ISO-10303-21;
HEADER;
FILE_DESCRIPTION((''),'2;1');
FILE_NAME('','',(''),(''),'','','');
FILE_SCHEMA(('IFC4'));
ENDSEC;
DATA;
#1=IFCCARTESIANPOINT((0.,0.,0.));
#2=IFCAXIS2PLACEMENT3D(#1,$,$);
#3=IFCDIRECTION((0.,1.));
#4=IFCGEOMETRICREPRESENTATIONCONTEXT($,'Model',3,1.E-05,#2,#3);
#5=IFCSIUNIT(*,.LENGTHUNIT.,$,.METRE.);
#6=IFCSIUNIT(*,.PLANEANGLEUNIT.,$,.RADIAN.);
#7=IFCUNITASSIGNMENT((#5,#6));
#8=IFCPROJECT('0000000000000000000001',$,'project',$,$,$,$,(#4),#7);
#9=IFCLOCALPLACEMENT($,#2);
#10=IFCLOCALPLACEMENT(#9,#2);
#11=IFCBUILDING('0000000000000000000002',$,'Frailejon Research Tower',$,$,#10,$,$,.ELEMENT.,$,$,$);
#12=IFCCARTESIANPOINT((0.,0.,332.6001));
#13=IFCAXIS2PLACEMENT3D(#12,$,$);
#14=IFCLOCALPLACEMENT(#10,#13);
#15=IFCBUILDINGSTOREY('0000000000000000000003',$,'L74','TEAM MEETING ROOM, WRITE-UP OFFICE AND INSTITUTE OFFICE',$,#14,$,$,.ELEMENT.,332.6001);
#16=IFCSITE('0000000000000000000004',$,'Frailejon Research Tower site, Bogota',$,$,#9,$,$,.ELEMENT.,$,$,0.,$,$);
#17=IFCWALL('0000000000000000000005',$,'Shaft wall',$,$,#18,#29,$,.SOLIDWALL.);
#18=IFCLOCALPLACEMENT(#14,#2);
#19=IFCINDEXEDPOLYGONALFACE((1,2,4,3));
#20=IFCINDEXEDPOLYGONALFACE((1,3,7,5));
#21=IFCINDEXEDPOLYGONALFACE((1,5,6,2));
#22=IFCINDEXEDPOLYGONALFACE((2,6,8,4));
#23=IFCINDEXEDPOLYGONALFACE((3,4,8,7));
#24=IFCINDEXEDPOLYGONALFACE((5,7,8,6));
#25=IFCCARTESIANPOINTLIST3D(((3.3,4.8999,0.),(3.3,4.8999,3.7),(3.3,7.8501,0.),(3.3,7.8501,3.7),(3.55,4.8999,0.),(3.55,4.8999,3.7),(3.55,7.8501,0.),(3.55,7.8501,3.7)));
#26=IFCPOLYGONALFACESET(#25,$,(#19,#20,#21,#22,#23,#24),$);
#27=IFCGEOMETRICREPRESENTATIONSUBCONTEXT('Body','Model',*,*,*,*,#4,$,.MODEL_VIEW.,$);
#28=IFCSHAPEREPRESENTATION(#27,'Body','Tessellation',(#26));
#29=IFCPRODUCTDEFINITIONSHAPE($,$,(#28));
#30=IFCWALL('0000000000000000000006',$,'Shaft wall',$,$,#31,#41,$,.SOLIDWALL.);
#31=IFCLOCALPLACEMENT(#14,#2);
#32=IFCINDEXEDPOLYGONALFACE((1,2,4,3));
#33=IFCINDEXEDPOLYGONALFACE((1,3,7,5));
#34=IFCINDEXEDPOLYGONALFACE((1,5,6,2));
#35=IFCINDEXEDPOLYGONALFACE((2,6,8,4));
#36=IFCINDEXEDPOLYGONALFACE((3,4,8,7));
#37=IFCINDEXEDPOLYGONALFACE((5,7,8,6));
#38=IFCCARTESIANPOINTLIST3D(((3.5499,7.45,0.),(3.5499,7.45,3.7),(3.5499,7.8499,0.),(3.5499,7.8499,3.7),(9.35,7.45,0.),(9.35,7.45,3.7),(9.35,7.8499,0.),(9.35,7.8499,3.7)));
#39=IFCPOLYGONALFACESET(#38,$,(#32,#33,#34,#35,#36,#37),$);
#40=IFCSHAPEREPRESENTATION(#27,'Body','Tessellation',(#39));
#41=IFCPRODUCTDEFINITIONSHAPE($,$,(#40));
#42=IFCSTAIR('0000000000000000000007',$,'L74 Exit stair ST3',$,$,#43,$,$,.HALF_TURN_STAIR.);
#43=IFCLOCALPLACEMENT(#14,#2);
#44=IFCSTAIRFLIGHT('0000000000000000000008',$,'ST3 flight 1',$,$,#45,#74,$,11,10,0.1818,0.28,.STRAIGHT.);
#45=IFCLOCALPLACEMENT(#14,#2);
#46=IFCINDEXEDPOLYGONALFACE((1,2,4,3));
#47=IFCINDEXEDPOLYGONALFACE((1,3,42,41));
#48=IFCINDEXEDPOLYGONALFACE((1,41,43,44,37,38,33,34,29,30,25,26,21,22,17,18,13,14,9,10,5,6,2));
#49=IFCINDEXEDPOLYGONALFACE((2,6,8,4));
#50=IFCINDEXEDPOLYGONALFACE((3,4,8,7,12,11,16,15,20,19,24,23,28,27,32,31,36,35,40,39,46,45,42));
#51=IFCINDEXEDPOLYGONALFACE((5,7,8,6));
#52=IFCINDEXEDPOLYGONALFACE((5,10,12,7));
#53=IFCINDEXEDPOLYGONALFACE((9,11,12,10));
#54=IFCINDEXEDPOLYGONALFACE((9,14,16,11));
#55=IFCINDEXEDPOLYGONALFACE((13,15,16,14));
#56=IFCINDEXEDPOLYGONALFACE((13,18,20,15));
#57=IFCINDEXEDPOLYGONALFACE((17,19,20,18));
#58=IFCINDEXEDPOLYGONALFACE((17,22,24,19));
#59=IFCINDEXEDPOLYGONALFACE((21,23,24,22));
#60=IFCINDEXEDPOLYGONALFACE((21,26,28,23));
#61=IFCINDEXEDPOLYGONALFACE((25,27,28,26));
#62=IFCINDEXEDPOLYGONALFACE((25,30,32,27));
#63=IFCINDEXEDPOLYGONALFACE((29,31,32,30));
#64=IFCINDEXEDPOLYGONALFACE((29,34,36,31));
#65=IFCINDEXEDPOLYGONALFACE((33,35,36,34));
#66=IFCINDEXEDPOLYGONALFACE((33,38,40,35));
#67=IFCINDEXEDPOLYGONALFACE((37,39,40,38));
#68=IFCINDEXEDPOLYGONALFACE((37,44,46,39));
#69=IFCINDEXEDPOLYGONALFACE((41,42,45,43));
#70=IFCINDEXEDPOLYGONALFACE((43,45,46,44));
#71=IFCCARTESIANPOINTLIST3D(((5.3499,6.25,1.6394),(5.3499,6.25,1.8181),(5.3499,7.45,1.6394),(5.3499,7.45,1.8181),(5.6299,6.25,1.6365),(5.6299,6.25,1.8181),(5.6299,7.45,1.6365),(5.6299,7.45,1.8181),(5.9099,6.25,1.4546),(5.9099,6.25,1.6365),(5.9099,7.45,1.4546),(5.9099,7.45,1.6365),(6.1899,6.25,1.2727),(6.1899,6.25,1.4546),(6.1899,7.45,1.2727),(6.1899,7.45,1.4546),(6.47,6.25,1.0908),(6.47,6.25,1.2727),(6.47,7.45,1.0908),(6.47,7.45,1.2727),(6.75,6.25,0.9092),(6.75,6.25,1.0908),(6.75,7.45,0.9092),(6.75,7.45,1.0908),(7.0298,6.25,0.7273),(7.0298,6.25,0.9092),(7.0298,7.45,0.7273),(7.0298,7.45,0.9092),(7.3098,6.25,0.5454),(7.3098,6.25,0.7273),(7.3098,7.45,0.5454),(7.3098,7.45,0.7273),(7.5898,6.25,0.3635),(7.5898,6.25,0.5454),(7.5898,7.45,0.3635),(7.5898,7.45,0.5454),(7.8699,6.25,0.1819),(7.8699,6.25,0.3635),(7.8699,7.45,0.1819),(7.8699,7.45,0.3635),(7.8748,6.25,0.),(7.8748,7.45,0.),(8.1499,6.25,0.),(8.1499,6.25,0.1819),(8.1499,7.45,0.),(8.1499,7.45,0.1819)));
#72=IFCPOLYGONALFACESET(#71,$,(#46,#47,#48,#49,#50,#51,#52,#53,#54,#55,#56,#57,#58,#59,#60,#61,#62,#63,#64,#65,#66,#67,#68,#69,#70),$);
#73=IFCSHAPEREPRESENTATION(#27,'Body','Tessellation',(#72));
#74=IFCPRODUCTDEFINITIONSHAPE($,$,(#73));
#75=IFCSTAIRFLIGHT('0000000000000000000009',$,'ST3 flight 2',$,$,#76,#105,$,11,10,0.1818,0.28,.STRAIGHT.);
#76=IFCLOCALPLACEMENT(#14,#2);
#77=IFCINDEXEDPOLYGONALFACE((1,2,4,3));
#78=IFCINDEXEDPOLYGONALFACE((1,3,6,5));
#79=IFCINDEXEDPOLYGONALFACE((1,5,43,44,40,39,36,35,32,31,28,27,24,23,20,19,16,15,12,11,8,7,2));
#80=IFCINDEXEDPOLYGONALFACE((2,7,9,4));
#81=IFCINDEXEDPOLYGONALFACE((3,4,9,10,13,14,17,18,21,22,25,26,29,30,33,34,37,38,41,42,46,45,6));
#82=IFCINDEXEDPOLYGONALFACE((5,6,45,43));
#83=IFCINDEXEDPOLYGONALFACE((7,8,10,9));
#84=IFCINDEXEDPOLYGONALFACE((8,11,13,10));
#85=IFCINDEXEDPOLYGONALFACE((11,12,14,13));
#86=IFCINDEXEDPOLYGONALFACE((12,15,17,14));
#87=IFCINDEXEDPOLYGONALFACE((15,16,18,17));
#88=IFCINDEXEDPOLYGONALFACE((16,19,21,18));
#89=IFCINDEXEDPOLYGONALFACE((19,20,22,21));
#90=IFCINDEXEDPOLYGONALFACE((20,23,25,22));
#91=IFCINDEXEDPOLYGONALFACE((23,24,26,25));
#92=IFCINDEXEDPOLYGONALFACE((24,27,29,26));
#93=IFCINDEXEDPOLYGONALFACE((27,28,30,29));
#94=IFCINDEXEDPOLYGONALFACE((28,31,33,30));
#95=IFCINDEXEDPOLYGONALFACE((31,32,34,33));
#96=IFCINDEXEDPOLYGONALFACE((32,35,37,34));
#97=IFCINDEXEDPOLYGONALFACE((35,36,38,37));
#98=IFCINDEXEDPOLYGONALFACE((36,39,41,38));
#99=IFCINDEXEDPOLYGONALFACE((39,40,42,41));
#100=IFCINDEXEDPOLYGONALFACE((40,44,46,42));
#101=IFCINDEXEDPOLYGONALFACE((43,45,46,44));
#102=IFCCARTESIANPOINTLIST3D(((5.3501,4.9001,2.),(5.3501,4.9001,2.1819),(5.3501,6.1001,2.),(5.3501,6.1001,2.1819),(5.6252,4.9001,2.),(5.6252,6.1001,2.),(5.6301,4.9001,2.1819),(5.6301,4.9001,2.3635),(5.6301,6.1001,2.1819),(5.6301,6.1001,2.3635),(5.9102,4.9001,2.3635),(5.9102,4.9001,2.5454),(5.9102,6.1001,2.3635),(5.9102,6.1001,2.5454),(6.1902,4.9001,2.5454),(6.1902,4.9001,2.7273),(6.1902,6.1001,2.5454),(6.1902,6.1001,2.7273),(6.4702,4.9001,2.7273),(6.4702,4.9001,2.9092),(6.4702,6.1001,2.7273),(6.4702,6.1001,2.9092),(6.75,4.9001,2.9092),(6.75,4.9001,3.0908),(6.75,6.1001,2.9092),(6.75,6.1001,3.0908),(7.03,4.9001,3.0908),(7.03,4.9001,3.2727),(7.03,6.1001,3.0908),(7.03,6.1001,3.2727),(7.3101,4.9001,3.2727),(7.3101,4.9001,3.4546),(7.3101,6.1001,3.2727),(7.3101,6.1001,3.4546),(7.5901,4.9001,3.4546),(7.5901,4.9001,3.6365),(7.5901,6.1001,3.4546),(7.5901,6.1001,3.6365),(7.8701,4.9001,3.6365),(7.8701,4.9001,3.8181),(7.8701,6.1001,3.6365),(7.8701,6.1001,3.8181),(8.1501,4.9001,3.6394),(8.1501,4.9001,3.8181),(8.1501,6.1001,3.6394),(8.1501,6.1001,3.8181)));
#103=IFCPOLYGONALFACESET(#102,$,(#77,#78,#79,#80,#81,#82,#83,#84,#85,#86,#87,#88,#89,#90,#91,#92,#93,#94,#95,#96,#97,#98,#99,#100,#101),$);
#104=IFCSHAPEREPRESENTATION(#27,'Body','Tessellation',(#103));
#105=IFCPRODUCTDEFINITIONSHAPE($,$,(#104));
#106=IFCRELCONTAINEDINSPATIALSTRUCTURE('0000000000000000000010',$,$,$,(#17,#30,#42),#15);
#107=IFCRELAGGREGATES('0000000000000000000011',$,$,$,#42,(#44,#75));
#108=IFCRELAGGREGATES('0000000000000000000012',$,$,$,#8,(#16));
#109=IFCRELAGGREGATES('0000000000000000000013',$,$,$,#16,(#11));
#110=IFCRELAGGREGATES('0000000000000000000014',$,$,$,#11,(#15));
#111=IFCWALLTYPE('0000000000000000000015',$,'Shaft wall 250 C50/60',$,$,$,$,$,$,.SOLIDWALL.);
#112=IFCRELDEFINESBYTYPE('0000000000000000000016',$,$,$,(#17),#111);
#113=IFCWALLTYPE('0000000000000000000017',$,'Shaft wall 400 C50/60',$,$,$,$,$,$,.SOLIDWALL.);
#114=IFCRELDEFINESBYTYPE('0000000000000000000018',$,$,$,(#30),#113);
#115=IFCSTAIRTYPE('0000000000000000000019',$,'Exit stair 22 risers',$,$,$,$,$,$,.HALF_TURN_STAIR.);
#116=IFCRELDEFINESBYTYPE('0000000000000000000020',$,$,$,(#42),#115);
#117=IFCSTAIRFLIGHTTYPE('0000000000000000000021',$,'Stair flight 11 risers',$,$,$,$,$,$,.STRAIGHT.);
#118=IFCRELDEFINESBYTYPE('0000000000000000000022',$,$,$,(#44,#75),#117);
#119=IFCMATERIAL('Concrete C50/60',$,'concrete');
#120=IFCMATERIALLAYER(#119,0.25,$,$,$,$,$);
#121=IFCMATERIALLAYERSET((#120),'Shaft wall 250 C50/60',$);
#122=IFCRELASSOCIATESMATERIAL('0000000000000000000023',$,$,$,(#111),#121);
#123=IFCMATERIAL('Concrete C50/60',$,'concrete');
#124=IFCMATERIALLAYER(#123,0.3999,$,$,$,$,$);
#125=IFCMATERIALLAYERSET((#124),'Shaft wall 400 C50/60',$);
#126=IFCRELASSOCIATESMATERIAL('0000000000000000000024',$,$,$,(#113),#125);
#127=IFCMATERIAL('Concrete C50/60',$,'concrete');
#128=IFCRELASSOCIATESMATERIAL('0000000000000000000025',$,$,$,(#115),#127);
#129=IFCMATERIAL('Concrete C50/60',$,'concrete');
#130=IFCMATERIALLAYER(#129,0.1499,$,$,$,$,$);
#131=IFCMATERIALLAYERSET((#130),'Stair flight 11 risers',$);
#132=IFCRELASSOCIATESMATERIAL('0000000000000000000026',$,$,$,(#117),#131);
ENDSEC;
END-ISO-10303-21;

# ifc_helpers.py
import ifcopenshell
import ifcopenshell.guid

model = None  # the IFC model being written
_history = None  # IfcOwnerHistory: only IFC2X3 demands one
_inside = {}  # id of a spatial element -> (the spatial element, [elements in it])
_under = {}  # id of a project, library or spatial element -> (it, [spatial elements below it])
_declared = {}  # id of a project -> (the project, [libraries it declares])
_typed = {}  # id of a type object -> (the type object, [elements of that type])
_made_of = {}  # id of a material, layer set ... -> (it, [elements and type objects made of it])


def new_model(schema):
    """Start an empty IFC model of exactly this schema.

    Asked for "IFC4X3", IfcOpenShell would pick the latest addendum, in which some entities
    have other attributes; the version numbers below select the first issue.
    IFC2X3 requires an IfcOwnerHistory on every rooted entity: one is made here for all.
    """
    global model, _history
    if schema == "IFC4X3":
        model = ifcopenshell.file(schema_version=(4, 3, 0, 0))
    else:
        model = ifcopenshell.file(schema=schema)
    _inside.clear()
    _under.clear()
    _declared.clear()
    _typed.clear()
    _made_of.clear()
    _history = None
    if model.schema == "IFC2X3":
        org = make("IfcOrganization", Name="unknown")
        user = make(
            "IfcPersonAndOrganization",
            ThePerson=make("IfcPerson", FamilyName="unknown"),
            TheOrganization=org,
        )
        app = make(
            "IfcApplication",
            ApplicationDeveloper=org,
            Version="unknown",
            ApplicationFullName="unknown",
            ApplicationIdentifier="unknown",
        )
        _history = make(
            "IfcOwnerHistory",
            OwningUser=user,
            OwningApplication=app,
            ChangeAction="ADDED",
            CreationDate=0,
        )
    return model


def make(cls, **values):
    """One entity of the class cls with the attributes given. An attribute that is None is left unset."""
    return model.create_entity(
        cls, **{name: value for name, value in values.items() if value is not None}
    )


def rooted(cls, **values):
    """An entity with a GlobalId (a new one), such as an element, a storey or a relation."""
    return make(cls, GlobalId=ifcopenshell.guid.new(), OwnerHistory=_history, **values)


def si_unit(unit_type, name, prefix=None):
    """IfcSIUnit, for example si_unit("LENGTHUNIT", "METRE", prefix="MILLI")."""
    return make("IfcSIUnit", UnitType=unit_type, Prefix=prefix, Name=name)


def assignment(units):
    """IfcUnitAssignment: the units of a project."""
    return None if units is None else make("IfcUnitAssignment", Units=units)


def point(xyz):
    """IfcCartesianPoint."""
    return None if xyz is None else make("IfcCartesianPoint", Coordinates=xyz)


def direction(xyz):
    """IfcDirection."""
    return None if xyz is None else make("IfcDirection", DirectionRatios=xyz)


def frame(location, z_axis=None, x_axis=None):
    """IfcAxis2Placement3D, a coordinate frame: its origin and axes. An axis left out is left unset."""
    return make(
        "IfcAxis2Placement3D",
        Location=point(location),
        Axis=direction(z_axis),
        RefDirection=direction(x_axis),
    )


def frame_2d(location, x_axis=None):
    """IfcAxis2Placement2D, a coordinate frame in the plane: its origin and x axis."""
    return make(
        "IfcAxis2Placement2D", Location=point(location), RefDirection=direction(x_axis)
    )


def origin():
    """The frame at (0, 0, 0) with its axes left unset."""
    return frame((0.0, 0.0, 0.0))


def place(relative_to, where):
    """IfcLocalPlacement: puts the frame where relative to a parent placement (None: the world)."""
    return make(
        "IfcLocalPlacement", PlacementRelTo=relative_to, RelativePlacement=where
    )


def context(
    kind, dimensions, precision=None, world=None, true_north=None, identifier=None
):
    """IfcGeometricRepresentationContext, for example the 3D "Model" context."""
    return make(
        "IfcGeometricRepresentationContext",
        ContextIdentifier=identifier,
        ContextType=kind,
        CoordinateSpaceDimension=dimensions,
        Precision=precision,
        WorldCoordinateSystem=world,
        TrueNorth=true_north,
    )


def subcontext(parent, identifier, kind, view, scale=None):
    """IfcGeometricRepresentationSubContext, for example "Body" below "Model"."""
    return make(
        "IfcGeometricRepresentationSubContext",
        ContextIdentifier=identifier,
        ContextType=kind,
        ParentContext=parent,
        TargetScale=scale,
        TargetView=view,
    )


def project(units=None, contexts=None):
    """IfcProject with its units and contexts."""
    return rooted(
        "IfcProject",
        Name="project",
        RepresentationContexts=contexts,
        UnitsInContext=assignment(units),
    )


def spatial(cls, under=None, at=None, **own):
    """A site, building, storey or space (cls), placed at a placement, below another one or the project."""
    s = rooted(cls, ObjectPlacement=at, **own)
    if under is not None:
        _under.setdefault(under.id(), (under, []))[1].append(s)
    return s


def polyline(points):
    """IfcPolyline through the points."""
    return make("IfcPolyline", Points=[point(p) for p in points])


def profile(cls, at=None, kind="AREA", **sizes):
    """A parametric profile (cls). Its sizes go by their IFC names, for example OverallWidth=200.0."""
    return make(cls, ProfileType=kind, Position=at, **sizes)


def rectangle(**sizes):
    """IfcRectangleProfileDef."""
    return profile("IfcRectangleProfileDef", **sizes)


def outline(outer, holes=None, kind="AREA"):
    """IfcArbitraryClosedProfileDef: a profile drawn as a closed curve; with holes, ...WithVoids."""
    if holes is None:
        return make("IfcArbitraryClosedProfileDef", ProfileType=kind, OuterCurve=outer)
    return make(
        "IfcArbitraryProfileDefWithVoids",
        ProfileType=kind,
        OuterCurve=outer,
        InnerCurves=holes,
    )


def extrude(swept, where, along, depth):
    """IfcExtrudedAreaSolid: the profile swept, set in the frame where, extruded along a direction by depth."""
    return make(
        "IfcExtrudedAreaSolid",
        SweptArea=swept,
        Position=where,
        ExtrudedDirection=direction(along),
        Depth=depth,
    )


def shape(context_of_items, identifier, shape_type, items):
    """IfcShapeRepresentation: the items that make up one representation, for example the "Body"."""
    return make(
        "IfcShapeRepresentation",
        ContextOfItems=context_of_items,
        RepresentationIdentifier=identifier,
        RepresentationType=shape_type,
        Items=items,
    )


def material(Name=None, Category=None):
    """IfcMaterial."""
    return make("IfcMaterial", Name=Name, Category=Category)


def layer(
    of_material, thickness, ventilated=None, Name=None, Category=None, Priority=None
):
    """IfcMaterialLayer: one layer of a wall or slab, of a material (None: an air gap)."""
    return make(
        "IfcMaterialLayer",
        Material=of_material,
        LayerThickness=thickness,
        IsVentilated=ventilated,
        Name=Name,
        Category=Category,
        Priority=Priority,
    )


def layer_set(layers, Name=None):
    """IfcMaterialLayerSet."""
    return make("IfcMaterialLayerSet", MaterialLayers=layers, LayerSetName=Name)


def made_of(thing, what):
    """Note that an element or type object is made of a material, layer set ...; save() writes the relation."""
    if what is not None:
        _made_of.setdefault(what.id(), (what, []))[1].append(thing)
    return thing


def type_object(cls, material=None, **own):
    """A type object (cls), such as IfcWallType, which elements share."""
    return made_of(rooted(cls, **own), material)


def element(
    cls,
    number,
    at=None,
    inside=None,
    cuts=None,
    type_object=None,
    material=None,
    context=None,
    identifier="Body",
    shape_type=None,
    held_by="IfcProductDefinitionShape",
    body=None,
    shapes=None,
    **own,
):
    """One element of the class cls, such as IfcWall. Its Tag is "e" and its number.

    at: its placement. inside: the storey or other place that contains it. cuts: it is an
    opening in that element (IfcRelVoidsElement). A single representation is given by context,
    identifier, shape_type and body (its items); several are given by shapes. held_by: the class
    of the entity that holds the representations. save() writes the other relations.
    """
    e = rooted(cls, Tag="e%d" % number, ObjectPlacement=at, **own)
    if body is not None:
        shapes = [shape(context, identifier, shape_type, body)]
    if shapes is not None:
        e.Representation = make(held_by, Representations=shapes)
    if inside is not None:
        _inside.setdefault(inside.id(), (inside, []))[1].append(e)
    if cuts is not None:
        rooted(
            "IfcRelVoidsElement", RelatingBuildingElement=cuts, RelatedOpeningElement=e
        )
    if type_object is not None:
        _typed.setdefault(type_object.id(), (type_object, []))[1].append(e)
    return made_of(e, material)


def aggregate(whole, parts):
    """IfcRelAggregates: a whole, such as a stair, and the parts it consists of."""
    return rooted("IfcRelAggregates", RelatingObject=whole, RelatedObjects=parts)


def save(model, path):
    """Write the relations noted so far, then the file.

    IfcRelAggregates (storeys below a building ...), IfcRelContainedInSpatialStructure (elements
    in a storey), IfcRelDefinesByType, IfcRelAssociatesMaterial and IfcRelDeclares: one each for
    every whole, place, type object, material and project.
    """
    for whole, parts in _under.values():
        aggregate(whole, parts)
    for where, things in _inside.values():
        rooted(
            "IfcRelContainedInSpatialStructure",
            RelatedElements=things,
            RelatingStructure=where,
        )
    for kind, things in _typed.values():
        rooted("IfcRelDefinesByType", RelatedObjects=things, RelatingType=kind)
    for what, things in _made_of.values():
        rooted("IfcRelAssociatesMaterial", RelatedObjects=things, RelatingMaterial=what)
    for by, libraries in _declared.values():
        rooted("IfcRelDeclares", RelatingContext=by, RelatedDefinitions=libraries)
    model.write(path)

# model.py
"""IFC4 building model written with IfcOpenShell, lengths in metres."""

from ifc_helpers import new_model, si_unit, direction, frame, frame_2d, origin, place, context, subcontext, project, spatial, polyline, rectangle, outline, extrude, material, layer, layer_set, type_object, element, aggregate, save


model = new_model("IFC4")

# Units and contexts
model_context = context("Model", 3, precision=1e-05, world=origin(), true_north=direction((0.0, 1.0)))
body_context = subcontext(model_context, "Body", "Model", "MODEL_VIEW")
ifc_project = project(units=[si_unit("LENGTHUNIT", "METRE"), si_unit("PLANEANGLEUNIT", "RADIAN")], contexts=[model_context])

# Site, building, storey
site_placement = place(None, origin())
site = spatial("IfcSite", under=ifc_project, at=site_placement, Name="Frailejon Research Tower site, Bogota", CompositionType="ELEMENT", RefElevation=0.0)
building_placement = place(site_placement, origin())
building = spatial("IfcBuilding", under=site, at=building_placement, Name="Frailejon Research Tower", CompositionType="ELEMENT")
storey_placement = place(building_placement, frame((0.0, 0.0, 332.6001)))
storey = spatial("IfcBuildingStorey", under=building, at=storey_placement, Name="L74", Description="TEAM MEETING ROOM, WRITE-UP OFFICE AND INSTITUTE OFFICE", CompositionType="ELEMENT", Elevation=332.6001)

# Shared definitions
ifc_material_1 = material(Name="Concrete C50/60", Category="concrete")
ifc_layer_1 = layer(ifc_material_1, 0.25)
ifc_layer_set_1 = layer_set([ifc_layer_1], Name="Shaft wall 250 C50/60")
wall_type_1 = type_object("IfcWallType", Name="Shaft wall 250 C50/60", PredefinedType="SOLIDWALL", material=ifc_layer_set_1)

# Walls
wall_1_placement = place(storey_placement, frame((3.425, 4.8999, 0.0), z_axis=(0.0, 0.0, 1.0), x_axis=(0.0, 1.0, 0.0)))
element("IfcWall", 1, at=wall_1_placement, inside=storey, type_object=wall_type_1, Name="Shaft wall", PredefinedType="SOLIDWALL", context=body_context, shape_type="SweptSolid", body=[
    extrude(rectangle(XDim=2.9502, YDim=0.25, at=frame_2d((1.4751, 0.0))), origin(), (0.0, 0.0, 1.0), 3.7),
])
ifc_material_2 = material(Name="Concrete C50/60", Category="concrete")
ifc_layer_2 = layer(ifc_material_2, 0.3999)
ifc_layer_set_2 = layer_set([ifc_layer_2], Name="Shaft wall 400 C50/60")
wall_type_2 = type_object("IfcWallType", Name="Shaft wall 400 C50/60", PredefinedType="SOLIDWALL", material=ifc_layer_set_2)
wall_2_placement = place(storey_placement, frame((3.55, 7.6499, 0.0), z_axis=(0.0, 0.0, 1.0), x_axis=(1.0, 0.0, 0.0)))
element("IfcWall", 2, at=wall_2_placement, inside=storey, type_object=wall_type_2, Name="Shaft wall", PredefinedType="SOLIDWALL", context=body_context, shape_type="SweptSolid", body=[
    extrude(rectangle(XDim=5.8, YDim=0.3999, at=frame_2d((2.8999, 0.0))), origin(), (0.0, 0.0, 1.0), 3.7),
])

# Stair, stair flights
ifc_material_3 = material(Name="Concrete C50/60", Category="concrete")
stair_type = type_object("IfcStairType", Name="Exit stair 22 risers", PredefinedType="HALF_TURN_STAIR", material=ifc_material_3)
stair_placement = place(storey_placement, origin())
stair = element("IfcStair", 3, at=stair_placement, inside=storey, type_object=stair_type, Name="L74 Exit stair ST3", PredefinedType="HALF_TURN_STAIR")
ifc_material_4 = material(Name="Concrete C50/60", Category="concrete")
ifc_layer_3 = layer(ifc_material_4, 0.1499)
ifc_layer_set_3 = layer_set([ifc_layer_3], Name="Stair flight 11 risers")
stair_flight_type = type_object("IfcStairFlightType", Name="Stair flight 11 risers", PredefinedType="STRAIGHT", material=ifc_layer_set_3)
stair_flight_1_placement = place(storey_placement, frame((8.1499, 6.8501, 0.0), z_axis=(0.0, 0.0, 1.0), x_axis=(-1.0, 0.0, 0.0)))
stair_flight_1 = element("IfcStairFlight", 4, at=stair_flight_1_placement, type_object=stair_flight_type, Name="ST3 flight 1", NumberOfRisers=11, NumberOfTreads=10, PredefinedType="STRAIGHT", RiserHeight=0.1818, TreadLength=0.28, context=body_context, shape_type="SweptSolid", body=[
    extrude(outline(polyline([(0.0, 0.0), (0.0, 0.1819), (0.28, 0.1819), (0.28, 0.3635), (0.5601, 0.3635), (0.5601, 0.5454), (0.8401, 0.5454), (0.8401, 0.7273), (1.1201, 0.7273), (1.1201, 0.9092), (1.3999, 0.9092), (1.3999, 1.0908), (1.6799, 1.0908), (1.6799, 1.2727), (1.96, 1.2727), (1.96, 1.4546), (2.24, 1.4546), (2.24, 1.6365), (2.52, 1.6365), (2.52, 1.8181), (2.8, 1.8181), (2.8, 2.0), (2.8, 1.6394), (0.2751, 0.0), (0.0, 0.0)])), frame((0.0, 0.6001, 0.0), z_axis=(0.0, -1.0, 0.0), x_axis=(1.0, 0.0, 0.0)), (0.0, 0.0, 1.0), 1.2),
])
stair_flight_2_placement = place(storey_placement, frame((5.3501, 5.5, 2.0), z_axis=(0.0, 0.0, 1.0), x_axis=(1.0, 0.0, 0.0)))
stair_flight_2 = element("IfcStairFlight", 5, at=stair_flight_2_placement, type_object=stair_flight_type, Name="ST3 flight 2", NumberOfRisers=11, NumberOfTreads=10, PredefinedType="STRAIGHT", RiserHeight=0.1818, TreadLength=0.28, context=body_context, shape_type="SweptSolid", body=[
    extrude(outline(polyline([(0.0, 0.0), (0.0, 0.1819), (0.28, 0.1819), (0.28, 0.3635), (0.5601, 0.3635), (0.5601, 0.5454), (0.8401, 0.5454), (0.8401, 0.7273), (1.1201, 0.7273), (1.1201, 0.9092), (1.3999, 0.9092), (1.3999, 1.0908), (1.6799, 1.0908), (1.6799, 1.2727), (1.96, 1.2727), (1.96, 1.4546), (2.24, 1.4546), (2.24, 1.6365), (2.52, 1.6365), (2.52, 1.8181), (2.8, 1.8181), (2.8, 2.0), (2.8, 1.6394), (0.2751, 0.0), (0.0, 0.0)])), frame((0.0, 0.6001, 0.0), z_axis=(0.0, -1.0, 0.0), x_axis=(1.0, 0.0, 0.0)), (0.0, 0.0, 1.0), 1.2),
])
aggregate(stair, [stair_flight_1, stair_flight_2])

save(model, "model.ifc")
